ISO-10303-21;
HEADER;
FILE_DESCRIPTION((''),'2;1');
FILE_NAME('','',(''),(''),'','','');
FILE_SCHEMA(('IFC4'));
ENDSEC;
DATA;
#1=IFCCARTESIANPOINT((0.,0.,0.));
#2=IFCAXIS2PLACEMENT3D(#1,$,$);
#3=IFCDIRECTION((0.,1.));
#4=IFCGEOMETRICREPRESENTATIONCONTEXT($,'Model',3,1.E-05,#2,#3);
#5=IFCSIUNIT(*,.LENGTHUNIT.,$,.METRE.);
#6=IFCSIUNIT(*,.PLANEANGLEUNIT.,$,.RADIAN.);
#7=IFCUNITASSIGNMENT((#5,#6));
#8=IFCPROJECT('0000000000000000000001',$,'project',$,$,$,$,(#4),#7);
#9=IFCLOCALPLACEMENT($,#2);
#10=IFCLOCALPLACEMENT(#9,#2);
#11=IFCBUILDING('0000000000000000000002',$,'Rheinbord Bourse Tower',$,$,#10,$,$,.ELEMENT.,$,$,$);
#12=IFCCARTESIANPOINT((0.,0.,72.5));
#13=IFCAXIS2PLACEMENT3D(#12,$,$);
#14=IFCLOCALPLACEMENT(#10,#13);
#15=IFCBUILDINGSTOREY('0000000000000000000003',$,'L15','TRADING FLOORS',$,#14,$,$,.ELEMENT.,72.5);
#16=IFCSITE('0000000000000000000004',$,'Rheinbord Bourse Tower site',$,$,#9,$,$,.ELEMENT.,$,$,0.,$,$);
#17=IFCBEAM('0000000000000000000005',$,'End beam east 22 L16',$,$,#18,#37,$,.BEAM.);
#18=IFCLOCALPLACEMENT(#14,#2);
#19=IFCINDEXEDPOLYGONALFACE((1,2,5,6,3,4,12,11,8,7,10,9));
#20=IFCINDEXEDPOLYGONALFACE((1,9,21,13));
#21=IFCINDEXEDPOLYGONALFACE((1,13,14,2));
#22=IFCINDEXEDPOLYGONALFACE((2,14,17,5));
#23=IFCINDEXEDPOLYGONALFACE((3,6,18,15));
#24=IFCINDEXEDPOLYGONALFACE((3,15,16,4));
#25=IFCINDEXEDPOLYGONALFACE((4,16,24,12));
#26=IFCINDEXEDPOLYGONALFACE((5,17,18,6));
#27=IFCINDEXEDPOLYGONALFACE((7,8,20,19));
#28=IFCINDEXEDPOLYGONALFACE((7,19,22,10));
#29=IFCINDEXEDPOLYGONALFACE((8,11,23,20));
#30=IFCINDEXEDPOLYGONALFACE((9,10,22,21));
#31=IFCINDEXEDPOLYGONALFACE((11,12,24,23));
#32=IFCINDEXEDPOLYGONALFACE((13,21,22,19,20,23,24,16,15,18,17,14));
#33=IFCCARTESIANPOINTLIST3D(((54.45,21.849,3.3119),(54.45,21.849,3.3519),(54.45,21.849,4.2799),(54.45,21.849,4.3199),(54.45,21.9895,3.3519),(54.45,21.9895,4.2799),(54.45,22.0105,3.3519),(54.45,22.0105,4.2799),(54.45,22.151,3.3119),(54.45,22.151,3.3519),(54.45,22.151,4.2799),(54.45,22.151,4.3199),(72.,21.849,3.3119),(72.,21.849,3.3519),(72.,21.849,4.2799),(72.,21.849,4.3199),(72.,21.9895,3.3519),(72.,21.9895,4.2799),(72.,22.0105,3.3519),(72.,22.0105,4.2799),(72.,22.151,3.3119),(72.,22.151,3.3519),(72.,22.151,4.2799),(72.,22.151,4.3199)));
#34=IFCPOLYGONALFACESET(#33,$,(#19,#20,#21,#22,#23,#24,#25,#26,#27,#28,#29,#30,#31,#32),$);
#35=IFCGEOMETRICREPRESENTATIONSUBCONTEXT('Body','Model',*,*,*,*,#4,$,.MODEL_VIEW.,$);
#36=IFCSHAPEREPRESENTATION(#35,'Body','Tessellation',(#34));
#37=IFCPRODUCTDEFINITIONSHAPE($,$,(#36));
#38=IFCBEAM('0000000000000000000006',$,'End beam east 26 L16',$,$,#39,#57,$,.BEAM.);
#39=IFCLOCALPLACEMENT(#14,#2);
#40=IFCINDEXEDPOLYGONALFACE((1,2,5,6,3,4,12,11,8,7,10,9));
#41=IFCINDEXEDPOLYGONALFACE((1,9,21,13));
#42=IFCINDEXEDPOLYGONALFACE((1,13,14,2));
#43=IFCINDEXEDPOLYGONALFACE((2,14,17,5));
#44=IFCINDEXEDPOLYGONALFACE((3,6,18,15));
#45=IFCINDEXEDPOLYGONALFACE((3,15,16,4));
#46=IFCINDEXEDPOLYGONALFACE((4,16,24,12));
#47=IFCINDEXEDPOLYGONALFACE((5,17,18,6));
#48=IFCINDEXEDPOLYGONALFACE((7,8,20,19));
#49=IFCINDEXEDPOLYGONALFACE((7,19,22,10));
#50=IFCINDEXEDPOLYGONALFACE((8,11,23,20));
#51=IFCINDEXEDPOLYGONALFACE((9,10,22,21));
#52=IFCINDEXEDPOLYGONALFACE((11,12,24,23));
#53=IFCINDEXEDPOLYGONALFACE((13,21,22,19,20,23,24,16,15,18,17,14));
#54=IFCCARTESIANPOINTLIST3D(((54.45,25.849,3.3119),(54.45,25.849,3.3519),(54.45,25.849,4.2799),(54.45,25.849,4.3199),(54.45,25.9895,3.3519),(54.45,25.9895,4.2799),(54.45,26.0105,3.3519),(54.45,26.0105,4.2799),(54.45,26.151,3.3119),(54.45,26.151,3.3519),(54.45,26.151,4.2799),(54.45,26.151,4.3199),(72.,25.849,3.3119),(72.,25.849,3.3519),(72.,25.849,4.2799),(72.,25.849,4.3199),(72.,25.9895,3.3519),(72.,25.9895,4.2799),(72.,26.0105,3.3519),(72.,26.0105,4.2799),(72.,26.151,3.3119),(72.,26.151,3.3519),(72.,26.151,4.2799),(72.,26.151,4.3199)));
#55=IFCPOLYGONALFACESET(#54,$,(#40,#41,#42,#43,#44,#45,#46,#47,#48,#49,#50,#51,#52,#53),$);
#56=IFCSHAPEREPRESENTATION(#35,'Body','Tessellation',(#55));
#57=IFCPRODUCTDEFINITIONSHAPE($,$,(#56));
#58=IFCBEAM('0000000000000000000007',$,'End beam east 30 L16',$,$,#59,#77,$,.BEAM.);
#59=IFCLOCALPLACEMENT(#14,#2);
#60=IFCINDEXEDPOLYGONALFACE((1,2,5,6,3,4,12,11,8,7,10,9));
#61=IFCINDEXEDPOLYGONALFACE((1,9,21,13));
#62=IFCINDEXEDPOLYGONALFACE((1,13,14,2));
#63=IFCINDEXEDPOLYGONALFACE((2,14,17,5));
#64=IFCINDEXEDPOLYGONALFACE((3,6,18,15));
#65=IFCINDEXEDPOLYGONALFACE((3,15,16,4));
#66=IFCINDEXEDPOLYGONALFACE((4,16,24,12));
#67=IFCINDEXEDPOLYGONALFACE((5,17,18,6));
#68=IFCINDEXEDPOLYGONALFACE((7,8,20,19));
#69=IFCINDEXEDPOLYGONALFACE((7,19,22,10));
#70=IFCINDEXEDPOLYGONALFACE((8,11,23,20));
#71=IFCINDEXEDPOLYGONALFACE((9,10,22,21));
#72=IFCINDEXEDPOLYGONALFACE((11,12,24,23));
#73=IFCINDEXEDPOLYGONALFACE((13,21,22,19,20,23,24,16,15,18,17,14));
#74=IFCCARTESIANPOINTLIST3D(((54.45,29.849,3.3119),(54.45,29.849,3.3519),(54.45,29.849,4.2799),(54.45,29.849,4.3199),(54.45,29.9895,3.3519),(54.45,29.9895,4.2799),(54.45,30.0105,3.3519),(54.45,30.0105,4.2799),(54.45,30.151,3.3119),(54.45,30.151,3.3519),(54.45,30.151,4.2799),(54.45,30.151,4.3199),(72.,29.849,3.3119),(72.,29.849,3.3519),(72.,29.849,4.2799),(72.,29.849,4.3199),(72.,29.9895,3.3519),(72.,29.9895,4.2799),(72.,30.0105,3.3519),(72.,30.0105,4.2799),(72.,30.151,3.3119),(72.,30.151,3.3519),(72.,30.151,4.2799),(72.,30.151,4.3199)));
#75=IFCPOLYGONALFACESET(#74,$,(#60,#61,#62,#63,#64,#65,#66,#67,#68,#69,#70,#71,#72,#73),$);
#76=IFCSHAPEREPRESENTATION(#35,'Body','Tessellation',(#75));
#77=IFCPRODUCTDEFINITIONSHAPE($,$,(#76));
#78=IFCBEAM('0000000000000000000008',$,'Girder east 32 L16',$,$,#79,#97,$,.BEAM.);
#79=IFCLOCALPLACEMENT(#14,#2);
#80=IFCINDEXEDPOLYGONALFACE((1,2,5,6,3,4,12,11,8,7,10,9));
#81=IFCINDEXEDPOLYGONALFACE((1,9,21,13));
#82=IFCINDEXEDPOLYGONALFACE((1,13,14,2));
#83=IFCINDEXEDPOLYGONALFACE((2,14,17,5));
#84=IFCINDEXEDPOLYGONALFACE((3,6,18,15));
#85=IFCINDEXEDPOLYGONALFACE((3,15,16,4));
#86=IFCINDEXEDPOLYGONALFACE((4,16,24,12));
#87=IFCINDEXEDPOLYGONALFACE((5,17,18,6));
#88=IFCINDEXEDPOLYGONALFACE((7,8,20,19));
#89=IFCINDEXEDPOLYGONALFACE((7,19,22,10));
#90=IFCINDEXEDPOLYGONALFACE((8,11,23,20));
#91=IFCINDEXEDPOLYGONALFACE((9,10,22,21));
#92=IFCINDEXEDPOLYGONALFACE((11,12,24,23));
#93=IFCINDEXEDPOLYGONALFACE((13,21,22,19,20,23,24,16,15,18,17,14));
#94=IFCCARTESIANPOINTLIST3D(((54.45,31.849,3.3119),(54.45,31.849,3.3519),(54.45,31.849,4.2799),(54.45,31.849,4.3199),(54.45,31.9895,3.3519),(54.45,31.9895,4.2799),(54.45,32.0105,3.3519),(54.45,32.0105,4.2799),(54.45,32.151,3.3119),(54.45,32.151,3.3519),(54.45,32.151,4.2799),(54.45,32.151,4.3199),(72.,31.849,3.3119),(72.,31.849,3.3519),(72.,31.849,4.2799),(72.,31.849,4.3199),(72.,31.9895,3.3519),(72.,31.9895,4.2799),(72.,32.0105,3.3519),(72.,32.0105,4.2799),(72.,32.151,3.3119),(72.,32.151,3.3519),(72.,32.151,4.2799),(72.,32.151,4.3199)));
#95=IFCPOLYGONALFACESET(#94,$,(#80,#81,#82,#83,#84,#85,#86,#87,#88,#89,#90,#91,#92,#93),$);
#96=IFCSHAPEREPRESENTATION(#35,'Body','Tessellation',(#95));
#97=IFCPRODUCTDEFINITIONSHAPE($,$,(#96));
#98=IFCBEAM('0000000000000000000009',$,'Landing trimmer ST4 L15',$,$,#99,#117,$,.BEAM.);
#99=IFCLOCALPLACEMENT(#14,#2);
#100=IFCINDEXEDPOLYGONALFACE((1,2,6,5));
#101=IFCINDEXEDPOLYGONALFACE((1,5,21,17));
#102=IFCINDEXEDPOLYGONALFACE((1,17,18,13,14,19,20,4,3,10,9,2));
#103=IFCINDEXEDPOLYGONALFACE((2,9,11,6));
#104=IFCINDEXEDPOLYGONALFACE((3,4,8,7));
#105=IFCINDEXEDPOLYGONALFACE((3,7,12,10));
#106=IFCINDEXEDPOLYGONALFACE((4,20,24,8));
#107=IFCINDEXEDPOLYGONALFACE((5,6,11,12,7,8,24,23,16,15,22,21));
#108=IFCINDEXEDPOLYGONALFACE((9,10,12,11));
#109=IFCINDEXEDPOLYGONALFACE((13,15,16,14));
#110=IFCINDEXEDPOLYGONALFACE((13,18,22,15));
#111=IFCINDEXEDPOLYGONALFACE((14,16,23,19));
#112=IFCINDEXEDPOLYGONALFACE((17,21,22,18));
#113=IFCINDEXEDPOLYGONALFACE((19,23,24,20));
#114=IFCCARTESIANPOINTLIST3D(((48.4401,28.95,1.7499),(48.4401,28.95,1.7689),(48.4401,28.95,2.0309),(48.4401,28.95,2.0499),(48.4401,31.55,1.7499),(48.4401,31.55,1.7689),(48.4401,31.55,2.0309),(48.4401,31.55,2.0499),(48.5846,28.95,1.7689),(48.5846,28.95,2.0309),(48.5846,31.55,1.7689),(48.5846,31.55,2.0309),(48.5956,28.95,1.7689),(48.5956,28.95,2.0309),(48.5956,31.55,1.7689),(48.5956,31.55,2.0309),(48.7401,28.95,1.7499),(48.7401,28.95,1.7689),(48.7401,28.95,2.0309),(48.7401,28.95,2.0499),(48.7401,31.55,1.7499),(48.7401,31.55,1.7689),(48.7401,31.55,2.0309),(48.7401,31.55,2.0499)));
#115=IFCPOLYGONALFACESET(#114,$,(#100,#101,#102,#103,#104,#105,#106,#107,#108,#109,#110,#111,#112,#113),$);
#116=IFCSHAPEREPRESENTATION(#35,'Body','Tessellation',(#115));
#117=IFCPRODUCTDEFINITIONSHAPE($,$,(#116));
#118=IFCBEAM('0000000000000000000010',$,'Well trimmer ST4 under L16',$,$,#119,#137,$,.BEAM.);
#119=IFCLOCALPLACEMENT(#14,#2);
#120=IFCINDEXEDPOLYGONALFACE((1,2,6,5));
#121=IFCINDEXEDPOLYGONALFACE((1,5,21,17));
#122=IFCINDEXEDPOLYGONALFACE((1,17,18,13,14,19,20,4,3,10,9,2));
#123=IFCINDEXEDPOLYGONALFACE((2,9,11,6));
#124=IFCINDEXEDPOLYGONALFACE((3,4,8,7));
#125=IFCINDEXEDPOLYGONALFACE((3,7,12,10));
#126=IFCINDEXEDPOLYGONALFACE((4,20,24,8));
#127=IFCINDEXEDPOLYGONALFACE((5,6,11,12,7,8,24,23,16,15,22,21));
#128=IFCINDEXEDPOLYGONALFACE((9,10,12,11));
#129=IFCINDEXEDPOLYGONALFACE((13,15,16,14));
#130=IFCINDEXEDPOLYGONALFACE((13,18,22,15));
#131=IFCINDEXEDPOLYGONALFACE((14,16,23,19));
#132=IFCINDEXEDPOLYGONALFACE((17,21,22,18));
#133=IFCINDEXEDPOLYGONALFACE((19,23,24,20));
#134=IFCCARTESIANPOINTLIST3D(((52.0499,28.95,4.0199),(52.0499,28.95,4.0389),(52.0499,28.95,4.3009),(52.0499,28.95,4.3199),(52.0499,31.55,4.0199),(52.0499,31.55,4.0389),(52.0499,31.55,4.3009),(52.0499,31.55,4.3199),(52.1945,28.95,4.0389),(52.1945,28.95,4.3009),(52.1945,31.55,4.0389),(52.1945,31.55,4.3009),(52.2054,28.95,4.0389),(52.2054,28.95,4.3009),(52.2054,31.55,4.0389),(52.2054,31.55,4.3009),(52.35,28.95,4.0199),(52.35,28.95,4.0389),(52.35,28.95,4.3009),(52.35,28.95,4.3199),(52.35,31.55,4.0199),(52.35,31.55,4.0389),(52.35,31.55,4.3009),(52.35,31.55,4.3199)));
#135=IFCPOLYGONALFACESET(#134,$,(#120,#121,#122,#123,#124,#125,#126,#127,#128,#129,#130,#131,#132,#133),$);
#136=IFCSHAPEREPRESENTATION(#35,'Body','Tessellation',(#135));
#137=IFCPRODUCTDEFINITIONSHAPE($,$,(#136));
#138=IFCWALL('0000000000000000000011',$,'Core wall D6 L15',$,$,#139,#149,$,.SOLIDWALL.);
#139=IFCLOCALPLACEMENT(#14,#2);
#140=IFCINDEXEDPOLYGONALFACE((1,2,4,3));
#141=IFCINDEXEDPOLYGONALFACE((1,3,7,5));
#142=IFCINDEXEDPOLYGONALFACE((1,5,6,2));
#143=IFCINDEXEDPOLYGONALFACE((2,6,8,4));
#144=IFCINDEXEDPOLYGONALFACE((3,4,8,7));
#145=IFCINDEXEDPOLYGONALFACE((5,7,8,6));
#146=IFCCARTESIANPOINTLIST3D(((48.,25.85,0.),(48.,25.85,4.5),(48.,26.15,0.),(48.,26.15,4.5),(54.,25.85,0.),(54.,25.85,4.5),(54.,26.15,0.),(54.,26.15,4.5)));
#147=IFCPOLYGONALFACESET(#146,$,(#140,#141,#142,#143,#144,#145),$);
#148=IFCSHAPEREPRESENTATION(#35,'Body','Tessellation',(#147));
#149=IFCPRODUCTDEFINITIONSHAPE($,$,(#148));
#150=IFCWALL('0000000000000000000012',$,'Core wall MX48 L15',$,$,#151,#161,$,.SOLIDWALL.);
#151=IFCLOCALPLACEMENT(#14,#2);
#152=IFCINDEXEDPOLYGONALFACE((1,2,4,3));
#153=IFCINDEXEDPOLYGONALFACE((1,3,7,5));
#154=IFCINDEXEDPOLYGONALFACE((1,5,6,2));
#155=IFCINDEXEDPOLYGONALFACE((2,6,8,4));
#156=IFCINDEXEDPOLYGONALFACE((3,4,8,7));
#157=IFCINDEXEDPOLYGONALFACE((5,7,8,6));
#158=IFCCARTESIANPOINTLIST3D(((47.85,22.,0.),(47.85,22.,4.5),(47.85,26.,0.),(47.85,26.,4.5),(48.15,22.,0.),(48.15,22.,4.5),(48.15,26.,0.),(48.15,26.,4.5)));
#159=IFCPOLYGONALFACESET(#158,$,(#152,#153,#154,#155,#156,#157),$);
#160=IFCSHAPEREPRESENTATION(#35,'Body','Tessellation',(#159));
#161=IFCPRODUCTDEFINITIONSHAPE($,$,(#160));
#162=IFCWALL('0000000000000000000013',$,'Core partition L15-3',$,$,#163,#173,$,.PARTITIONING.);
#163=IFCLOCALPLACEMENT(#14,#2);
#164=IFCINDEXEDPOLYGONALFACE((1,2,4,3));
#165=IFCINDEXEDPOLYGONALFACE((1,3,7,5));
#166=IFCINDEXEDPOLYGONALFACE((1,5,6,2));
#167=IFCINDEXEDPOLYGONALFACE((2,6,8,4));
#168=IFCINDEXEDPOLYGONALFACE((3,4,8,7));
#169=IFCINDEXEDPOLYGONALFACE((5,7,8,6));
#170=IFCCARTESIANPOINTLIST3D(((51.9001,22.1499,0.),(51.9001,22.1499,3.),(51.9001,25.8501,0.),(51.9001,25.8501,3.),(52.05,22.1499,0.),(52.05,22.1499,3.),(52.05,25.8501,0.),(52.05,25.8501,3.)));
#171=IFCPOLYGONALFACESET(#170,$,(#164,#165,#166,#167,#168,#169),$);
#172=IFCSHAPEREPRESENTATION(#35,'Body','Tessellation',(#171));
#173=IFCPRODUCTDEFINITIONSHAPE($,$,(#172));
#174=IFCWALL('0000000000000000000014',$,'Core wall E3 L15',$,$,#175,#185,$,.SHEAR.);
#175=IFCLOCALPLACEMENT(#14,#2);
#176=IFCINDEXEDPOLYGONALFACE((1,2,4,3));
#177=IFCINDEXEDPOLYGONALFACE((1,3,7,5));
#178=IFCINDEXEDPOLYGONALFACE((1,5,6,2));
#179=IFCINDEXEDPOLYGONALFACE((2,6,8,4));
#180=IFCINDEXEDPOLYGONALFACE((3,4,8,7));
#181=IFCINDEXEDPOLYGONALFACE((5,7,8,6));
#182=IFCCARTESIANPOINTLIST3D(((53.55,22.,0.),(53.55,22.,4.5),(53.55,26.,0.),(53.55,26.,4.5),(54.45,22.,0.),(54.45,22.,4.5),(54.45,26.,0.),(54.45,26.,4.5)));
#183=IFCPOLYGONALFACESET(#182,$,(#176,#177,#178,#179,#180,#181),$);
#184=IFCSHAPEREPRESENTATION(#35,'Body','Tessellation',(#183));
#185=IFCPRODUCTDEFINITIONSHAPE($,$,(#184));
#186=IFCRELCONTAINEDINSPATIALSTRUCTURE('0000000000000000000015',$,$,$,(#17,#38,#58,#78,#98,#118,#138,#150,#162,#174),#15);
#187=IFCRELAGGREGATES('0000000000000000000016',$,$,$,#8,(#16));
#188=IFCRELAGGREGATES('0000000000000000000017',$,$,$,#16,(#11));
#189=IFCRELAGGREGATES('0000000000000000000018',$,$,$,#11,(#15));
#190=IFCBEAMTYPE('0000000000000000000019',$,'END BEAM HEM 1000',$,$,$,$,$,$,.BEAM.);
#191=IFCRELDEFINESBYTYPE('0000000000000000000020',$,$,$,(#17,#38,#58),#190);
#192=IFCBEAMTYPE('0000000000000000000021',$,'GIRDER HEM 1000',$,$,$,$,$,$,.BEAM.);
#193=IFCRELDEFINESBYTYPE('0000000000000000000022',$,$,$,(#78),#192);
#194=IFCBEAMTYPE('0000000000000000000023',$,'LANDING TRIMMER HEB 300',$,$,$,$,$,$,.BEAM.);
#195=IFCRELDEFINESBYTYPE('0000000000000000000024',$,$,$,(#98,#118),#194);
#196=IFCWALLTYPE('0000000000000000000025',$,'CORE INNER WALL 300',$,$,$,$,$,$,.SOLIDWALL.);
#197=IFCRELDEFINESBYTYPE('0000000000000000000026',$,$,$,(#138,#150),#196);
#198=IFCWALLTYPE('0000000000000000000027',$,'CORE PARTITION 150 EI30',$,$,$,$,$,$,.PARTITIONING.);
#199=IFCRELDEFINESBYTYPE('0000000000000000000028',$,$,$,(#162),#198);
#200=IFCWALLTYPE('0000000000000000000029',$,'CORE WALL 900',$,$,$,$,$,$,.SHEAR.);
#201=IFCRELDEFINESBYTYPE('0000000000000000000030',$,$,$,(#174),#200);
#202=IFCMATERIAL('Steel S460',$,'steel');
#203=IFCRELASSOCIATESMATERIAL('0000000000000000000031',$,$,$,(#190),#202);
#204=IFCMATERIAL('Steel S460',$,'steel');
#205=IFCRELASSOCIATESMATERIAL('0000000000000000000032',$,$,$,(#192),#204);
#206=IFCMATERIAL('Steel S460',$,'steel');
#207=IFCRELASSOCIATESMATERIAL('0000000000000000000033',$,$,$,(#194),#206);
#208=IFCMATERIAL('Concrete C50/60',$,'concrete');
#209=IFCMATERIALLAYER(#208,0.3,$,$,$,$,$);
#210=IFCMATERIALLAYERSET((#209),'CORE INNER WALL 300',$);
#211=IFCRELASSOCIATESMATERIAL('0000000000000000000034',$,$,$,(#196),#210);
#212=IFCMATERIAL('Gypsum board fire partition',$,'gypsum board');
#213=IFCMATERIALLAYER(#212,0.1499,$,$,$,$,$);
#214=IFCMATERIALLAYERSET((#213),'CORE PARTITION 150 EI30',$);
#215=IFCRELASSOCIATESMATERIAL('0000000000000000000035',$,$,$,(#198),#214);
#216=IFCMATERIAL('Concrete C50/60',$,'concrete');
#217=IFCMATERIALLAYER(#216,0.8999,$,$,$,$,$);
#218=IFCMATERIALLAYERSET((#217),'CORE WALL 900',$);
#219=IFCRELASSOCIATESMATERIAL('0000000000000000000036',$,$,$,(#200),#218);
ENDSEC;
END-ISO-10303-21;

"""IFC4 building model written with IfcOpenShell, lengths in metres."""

from ifc_helpers import new_model, si_unit, direction, frame, frame_2d, origin, origin_2d, place, context, subcontext, project, spatial, rectangle, i_section, extrude, material, layer, layer_set, material_profile, profile_set, type_object, element, save


model = new_model("IFC4")

# Units and contexts
model_context = context("Model", 3, precision=1e-05, world=origin(), true_north=direction((0.0, 1.0)))
body_context = subcontext(model_context, "Body", "Model", "MODEL_VIEW")
ifc_project = project(units=[si_unit("LENGTHUNIT", "METRE"), si_unit("PLANEANGLEUNIT", "RADIAN")], contexts=[model_context])

# Site, building, storey
site_placement = place(None, origin())
site = spatial("IfcSite", under=ifc_project, at=site_placement, Name="Rheinbord Bourse Tower site", CompositionType="ELEMENT", RefElevation=0.0)
building_placement = place(site_placement, origin())
building = spatial("IfcBuilding", under=site, at=building_placement, Name="Rheinbord Bourse Tower", CompositionType="ELEMENT")
storey_placement = place(building_placement, frame((0.0, 0.0, 72.5)))
storey = spatial("IfcBuildingStorey", under=building, at=storey_placement, Name="L15", Description="TRADING FLOORS", CompositionType="ELEMENT", Elevation=72.5)

# Beams
ifc_material_1 = material(Name="Steel S460", Category="steel")
ifc_material_profile_1 = material_profile(ifc_material_1, i_section(OverallWidth=0.302, OverallDepth=1.0081, WebThickness=0.021, FlangeThickness=0.04, at=origin_2d()), Name="HEM 1000")
ifc_profile_set_1 = profile_set([ifc_material_profile_1], Name="Steel S460")
beam_type_1 = type_object("IfcBeamType", Name="END BEAM HEM 1000", PredefinedType="BEAM", material=ifc_profile_set_1)
for number, where, z_axis, x_axis, name in (
    (1, (54.45, 22.0, 3.8159), (1.0, 0.0, 0.0), (0.0, 1.0, 0.0), "End beam east 22 L16"),
    (2, (54.45, 26.0, 3.8159), (1.0, 0.0, 0.0), (0.0, 1.0, 0.0), "End beam east 26 L16"),
    (3, (54.45, 30.0, 3.8159), (1.0, 0.0, 0.0), (0.0, 1.0, 0.0), "End beam east 30 L16"),
):
    element("IfcBeam", number, at=place(storey_placement, frame(where, z_axis=z_axis, x_axis=x_axis)), inside=storey, type_object=beam_type_1, Name=name, PredefinedType="BEAM", context=body_context, shape_type="SweptSolid", body=[
        extrude(i_section(OverallWidth=0.302, OverallDepth=1.0081, WebThickness=0.021, FlangeThickness=0.04, at=origin_2d()), origin(), (0.0, 0.0, 1.0), 17.55),
    ])
ifc_material_2 = material(Name="Steel S460", Category="steel")
ifc_material_profile_2 = material_profile(ifc_material_2, i_section(OverallWidth=0.302, OverallDepth=1.0081, WebThickness=0.021, FlangeThickness=0.04, at=origin_2d()), Name="HEM 1000")
ifc_profile_set_2 = profile_set([ifc_material_profile_2], Name="Steel S460")
beam_type_2 = type_object("IfcBeamType", Name="GIRDER HEM 1000", PredefinedType="BEAM", material=ifc_profile_set_2)
beam_placement = place(storey_placement, frame((54.45, 32.0, 3.8159), z_axis=(1.0, 0.0, 0.0), x_axis=(0.0, 1.0, 0.0)))
element("IfcBeam", 4, at=beam_placement, inside=storey, type_object=beam_type_2, Name="Girder east 32 L16", PredefinedType="BEAM", context=body_context, shape_type="SweptSolid", body=[
    extrude(i_section(OverallWidth=0.302, OverallDepth=1.0081, WebThickness=0.021, FlangeThickness=0.04, at=origin_2d()), origin(), (0.0, 0.0, 1.0), 17.55),
])
ifc_material_3 = material(Name="Steel S460", Category="steel")
ifc_material_profile_3 = material_profile(ifc_material_3, i_section(OverallWidth=0.3, OverallDepth=0.3, WebThickness=0.011, FlangeThickness=0.019, at=origin_2d()), Name="HEB 300")
ifc_profile_set_3 = profile_set([ifc_material_profile_3], Name="Steel S460")
beam_type_3 = type_object("IfcBeamType", Name="LANDING TRIMMER HEB 300", PredefinedType="BEAM", material=ifc_profile_set_3)
for number, where, z_axis, x_axis, name in (
    (5, (48.5901, 28.95, 1.8999), (0.0, 1.0, 0.0), (-1.0, 0.0, 0.0), "Landing trimmer ST4 L15"),
    (6, (52.2, 28.95, 4.1699), (0.0, 1.0, 0.0), (-1.0, 0.0, 0.0), "Well trimmer ST4 under L16"),
):
    element("IfcBeam", number, at=place(storey_placement, frame(where, z_axis=z_axis, x_axis=x_axis)), inside=storey, type_object=beam_type_3, Name=name, PredefinedType="BEAM", context=body_context, shape_type="SweptSolid", body=[
        extrude(i_section(OverallWidth=0.3, OverallDepth=0.3, WebThickness=0.011, FlangeThickness=0.019, at=origin_2d()), origin(), (0.0, 0.0, 1.0), 2.6001),
    ])

# Walls
ifc_material_4 = material(Name="Concrete C50/60", Category="concrete")
ifc_layer_1 = layer(ifc_material_4, 0.3)
ifc_layer_set_1 = layer_set([ifc_layer_1], Name="CORE INNER WALL 300")
wall_type_1 = type_object("IfcWallType", Name="CORE INNER WALL 300", PredefinedType="SOLIDWALL", material=ifc_layer_set_1)
wall_1_placement = place(storey_placement, frame((48.0, 26.0, 0.0), z_axis=(0.0, 0.0, 1.0), x_axis=(1.0, 0.0, 0.0)))
element("IfcWall", 7, at=wall_1_placement, inside=storey, type_object=wall_type_1, Name="Core wall D6 L15", PredefinedType="SOLIDWALL", context=body_context, shape_type="SweptSolid", body=[
    extrude(rectangle(XDim=6.0, YDim=0.3, at=frame_2d((3.0, 0.0))), origin(), (0.0, 0.0, 1.0), 4.5),
])
wall_2_placement = place(storey_placement, frame((48.0, 22.0, 0.0), z_axis=(0.0, 0.0, 1.0), x_axis=(0.0, 1.0, 0.0)))
element("IfcWall", 8, at=wall_2_placement, inside=storey, type_object=wall_type_1, Name="Core wall MX48 L15", PredefinedType="SOLIDWALL", context=body_context, shape_type="SweptSolid", body=[
    extrude(rectangle(XDim=4.0, YDim=0.3, at=frame_2d((2.0, 0.0))), origin(), (0.0, 0.0, 1.0), 4.5),
])
ifc_material_5 = material(Name="Gypsum board fire partition", Category="gypsum board")
ifc_layer_2 = layer(ifc_material_5, 0.1499)
ifc_layer_set_2 = layer_set([ifc_layer_2], Name="CORE PARTITION 150 EI30")
wall_type_2 = type_object("IfcWallType", Name="CORE PARTITION 150 EI30", PredefinedType="PARTITIONING", material=ifc_layer_set_2)
wall_3_placement = place(storey_placement, frame((51.9751, 22.1499, 0.0), z_axis=(0.0, 0.0, 1.0), x_axis=(0.0, 1.0, 0.0)))
element("IfcWall", 9, at=wall_3_placement, inside=storey, type_object=wall_type_2, Name="Core partition L15-3", PredefinedType="PARTITIONING", context=body_context, shape_type="SweptSolid", body=[
    extrude(rectangle(XDim=3.7002, YDim=0.1499, at=frame_2d((1.8501, 0.0))), origin(), (0.0, 0.0, 1.0), 3.0),
])
ifc_material_6 = material(Name="Concrete C50/60", Category="concrete")
ifc_layer_3 = layer(ifc_material_6, 0.8999)
ifc_layer_set_3 = layer_set([ifc_layer_3], Name="CORE WALL 900")
wall_type_3 = type_object("IfcWallType", Name="CORE WALL 900", PredefinedType="SHEAR", material=ifc_layer_set_3)
wall_4_placement = place(storey_placement, frame((54.0, 22.0, 0.0), z_axis=(0.0, 0.0, 1.0), x_axis=(0.0, 1.0, 0.0)))
element("IfcWall", 10, at=wall_4_placement, inside=storey, type_object=wall_type_3, Name="Core wall E3 L15", PredefinedType="SHEAR", context=body_context, shape_type="SweptSolid", body=[
    extrude(rectangle(XDim=4.0, YDim=0.8999, at=frame_2d((2.0, 0.0))), origin(), (0.0, 0.0, 1.0), 4.5),
])

save(model, "model.ifc")
